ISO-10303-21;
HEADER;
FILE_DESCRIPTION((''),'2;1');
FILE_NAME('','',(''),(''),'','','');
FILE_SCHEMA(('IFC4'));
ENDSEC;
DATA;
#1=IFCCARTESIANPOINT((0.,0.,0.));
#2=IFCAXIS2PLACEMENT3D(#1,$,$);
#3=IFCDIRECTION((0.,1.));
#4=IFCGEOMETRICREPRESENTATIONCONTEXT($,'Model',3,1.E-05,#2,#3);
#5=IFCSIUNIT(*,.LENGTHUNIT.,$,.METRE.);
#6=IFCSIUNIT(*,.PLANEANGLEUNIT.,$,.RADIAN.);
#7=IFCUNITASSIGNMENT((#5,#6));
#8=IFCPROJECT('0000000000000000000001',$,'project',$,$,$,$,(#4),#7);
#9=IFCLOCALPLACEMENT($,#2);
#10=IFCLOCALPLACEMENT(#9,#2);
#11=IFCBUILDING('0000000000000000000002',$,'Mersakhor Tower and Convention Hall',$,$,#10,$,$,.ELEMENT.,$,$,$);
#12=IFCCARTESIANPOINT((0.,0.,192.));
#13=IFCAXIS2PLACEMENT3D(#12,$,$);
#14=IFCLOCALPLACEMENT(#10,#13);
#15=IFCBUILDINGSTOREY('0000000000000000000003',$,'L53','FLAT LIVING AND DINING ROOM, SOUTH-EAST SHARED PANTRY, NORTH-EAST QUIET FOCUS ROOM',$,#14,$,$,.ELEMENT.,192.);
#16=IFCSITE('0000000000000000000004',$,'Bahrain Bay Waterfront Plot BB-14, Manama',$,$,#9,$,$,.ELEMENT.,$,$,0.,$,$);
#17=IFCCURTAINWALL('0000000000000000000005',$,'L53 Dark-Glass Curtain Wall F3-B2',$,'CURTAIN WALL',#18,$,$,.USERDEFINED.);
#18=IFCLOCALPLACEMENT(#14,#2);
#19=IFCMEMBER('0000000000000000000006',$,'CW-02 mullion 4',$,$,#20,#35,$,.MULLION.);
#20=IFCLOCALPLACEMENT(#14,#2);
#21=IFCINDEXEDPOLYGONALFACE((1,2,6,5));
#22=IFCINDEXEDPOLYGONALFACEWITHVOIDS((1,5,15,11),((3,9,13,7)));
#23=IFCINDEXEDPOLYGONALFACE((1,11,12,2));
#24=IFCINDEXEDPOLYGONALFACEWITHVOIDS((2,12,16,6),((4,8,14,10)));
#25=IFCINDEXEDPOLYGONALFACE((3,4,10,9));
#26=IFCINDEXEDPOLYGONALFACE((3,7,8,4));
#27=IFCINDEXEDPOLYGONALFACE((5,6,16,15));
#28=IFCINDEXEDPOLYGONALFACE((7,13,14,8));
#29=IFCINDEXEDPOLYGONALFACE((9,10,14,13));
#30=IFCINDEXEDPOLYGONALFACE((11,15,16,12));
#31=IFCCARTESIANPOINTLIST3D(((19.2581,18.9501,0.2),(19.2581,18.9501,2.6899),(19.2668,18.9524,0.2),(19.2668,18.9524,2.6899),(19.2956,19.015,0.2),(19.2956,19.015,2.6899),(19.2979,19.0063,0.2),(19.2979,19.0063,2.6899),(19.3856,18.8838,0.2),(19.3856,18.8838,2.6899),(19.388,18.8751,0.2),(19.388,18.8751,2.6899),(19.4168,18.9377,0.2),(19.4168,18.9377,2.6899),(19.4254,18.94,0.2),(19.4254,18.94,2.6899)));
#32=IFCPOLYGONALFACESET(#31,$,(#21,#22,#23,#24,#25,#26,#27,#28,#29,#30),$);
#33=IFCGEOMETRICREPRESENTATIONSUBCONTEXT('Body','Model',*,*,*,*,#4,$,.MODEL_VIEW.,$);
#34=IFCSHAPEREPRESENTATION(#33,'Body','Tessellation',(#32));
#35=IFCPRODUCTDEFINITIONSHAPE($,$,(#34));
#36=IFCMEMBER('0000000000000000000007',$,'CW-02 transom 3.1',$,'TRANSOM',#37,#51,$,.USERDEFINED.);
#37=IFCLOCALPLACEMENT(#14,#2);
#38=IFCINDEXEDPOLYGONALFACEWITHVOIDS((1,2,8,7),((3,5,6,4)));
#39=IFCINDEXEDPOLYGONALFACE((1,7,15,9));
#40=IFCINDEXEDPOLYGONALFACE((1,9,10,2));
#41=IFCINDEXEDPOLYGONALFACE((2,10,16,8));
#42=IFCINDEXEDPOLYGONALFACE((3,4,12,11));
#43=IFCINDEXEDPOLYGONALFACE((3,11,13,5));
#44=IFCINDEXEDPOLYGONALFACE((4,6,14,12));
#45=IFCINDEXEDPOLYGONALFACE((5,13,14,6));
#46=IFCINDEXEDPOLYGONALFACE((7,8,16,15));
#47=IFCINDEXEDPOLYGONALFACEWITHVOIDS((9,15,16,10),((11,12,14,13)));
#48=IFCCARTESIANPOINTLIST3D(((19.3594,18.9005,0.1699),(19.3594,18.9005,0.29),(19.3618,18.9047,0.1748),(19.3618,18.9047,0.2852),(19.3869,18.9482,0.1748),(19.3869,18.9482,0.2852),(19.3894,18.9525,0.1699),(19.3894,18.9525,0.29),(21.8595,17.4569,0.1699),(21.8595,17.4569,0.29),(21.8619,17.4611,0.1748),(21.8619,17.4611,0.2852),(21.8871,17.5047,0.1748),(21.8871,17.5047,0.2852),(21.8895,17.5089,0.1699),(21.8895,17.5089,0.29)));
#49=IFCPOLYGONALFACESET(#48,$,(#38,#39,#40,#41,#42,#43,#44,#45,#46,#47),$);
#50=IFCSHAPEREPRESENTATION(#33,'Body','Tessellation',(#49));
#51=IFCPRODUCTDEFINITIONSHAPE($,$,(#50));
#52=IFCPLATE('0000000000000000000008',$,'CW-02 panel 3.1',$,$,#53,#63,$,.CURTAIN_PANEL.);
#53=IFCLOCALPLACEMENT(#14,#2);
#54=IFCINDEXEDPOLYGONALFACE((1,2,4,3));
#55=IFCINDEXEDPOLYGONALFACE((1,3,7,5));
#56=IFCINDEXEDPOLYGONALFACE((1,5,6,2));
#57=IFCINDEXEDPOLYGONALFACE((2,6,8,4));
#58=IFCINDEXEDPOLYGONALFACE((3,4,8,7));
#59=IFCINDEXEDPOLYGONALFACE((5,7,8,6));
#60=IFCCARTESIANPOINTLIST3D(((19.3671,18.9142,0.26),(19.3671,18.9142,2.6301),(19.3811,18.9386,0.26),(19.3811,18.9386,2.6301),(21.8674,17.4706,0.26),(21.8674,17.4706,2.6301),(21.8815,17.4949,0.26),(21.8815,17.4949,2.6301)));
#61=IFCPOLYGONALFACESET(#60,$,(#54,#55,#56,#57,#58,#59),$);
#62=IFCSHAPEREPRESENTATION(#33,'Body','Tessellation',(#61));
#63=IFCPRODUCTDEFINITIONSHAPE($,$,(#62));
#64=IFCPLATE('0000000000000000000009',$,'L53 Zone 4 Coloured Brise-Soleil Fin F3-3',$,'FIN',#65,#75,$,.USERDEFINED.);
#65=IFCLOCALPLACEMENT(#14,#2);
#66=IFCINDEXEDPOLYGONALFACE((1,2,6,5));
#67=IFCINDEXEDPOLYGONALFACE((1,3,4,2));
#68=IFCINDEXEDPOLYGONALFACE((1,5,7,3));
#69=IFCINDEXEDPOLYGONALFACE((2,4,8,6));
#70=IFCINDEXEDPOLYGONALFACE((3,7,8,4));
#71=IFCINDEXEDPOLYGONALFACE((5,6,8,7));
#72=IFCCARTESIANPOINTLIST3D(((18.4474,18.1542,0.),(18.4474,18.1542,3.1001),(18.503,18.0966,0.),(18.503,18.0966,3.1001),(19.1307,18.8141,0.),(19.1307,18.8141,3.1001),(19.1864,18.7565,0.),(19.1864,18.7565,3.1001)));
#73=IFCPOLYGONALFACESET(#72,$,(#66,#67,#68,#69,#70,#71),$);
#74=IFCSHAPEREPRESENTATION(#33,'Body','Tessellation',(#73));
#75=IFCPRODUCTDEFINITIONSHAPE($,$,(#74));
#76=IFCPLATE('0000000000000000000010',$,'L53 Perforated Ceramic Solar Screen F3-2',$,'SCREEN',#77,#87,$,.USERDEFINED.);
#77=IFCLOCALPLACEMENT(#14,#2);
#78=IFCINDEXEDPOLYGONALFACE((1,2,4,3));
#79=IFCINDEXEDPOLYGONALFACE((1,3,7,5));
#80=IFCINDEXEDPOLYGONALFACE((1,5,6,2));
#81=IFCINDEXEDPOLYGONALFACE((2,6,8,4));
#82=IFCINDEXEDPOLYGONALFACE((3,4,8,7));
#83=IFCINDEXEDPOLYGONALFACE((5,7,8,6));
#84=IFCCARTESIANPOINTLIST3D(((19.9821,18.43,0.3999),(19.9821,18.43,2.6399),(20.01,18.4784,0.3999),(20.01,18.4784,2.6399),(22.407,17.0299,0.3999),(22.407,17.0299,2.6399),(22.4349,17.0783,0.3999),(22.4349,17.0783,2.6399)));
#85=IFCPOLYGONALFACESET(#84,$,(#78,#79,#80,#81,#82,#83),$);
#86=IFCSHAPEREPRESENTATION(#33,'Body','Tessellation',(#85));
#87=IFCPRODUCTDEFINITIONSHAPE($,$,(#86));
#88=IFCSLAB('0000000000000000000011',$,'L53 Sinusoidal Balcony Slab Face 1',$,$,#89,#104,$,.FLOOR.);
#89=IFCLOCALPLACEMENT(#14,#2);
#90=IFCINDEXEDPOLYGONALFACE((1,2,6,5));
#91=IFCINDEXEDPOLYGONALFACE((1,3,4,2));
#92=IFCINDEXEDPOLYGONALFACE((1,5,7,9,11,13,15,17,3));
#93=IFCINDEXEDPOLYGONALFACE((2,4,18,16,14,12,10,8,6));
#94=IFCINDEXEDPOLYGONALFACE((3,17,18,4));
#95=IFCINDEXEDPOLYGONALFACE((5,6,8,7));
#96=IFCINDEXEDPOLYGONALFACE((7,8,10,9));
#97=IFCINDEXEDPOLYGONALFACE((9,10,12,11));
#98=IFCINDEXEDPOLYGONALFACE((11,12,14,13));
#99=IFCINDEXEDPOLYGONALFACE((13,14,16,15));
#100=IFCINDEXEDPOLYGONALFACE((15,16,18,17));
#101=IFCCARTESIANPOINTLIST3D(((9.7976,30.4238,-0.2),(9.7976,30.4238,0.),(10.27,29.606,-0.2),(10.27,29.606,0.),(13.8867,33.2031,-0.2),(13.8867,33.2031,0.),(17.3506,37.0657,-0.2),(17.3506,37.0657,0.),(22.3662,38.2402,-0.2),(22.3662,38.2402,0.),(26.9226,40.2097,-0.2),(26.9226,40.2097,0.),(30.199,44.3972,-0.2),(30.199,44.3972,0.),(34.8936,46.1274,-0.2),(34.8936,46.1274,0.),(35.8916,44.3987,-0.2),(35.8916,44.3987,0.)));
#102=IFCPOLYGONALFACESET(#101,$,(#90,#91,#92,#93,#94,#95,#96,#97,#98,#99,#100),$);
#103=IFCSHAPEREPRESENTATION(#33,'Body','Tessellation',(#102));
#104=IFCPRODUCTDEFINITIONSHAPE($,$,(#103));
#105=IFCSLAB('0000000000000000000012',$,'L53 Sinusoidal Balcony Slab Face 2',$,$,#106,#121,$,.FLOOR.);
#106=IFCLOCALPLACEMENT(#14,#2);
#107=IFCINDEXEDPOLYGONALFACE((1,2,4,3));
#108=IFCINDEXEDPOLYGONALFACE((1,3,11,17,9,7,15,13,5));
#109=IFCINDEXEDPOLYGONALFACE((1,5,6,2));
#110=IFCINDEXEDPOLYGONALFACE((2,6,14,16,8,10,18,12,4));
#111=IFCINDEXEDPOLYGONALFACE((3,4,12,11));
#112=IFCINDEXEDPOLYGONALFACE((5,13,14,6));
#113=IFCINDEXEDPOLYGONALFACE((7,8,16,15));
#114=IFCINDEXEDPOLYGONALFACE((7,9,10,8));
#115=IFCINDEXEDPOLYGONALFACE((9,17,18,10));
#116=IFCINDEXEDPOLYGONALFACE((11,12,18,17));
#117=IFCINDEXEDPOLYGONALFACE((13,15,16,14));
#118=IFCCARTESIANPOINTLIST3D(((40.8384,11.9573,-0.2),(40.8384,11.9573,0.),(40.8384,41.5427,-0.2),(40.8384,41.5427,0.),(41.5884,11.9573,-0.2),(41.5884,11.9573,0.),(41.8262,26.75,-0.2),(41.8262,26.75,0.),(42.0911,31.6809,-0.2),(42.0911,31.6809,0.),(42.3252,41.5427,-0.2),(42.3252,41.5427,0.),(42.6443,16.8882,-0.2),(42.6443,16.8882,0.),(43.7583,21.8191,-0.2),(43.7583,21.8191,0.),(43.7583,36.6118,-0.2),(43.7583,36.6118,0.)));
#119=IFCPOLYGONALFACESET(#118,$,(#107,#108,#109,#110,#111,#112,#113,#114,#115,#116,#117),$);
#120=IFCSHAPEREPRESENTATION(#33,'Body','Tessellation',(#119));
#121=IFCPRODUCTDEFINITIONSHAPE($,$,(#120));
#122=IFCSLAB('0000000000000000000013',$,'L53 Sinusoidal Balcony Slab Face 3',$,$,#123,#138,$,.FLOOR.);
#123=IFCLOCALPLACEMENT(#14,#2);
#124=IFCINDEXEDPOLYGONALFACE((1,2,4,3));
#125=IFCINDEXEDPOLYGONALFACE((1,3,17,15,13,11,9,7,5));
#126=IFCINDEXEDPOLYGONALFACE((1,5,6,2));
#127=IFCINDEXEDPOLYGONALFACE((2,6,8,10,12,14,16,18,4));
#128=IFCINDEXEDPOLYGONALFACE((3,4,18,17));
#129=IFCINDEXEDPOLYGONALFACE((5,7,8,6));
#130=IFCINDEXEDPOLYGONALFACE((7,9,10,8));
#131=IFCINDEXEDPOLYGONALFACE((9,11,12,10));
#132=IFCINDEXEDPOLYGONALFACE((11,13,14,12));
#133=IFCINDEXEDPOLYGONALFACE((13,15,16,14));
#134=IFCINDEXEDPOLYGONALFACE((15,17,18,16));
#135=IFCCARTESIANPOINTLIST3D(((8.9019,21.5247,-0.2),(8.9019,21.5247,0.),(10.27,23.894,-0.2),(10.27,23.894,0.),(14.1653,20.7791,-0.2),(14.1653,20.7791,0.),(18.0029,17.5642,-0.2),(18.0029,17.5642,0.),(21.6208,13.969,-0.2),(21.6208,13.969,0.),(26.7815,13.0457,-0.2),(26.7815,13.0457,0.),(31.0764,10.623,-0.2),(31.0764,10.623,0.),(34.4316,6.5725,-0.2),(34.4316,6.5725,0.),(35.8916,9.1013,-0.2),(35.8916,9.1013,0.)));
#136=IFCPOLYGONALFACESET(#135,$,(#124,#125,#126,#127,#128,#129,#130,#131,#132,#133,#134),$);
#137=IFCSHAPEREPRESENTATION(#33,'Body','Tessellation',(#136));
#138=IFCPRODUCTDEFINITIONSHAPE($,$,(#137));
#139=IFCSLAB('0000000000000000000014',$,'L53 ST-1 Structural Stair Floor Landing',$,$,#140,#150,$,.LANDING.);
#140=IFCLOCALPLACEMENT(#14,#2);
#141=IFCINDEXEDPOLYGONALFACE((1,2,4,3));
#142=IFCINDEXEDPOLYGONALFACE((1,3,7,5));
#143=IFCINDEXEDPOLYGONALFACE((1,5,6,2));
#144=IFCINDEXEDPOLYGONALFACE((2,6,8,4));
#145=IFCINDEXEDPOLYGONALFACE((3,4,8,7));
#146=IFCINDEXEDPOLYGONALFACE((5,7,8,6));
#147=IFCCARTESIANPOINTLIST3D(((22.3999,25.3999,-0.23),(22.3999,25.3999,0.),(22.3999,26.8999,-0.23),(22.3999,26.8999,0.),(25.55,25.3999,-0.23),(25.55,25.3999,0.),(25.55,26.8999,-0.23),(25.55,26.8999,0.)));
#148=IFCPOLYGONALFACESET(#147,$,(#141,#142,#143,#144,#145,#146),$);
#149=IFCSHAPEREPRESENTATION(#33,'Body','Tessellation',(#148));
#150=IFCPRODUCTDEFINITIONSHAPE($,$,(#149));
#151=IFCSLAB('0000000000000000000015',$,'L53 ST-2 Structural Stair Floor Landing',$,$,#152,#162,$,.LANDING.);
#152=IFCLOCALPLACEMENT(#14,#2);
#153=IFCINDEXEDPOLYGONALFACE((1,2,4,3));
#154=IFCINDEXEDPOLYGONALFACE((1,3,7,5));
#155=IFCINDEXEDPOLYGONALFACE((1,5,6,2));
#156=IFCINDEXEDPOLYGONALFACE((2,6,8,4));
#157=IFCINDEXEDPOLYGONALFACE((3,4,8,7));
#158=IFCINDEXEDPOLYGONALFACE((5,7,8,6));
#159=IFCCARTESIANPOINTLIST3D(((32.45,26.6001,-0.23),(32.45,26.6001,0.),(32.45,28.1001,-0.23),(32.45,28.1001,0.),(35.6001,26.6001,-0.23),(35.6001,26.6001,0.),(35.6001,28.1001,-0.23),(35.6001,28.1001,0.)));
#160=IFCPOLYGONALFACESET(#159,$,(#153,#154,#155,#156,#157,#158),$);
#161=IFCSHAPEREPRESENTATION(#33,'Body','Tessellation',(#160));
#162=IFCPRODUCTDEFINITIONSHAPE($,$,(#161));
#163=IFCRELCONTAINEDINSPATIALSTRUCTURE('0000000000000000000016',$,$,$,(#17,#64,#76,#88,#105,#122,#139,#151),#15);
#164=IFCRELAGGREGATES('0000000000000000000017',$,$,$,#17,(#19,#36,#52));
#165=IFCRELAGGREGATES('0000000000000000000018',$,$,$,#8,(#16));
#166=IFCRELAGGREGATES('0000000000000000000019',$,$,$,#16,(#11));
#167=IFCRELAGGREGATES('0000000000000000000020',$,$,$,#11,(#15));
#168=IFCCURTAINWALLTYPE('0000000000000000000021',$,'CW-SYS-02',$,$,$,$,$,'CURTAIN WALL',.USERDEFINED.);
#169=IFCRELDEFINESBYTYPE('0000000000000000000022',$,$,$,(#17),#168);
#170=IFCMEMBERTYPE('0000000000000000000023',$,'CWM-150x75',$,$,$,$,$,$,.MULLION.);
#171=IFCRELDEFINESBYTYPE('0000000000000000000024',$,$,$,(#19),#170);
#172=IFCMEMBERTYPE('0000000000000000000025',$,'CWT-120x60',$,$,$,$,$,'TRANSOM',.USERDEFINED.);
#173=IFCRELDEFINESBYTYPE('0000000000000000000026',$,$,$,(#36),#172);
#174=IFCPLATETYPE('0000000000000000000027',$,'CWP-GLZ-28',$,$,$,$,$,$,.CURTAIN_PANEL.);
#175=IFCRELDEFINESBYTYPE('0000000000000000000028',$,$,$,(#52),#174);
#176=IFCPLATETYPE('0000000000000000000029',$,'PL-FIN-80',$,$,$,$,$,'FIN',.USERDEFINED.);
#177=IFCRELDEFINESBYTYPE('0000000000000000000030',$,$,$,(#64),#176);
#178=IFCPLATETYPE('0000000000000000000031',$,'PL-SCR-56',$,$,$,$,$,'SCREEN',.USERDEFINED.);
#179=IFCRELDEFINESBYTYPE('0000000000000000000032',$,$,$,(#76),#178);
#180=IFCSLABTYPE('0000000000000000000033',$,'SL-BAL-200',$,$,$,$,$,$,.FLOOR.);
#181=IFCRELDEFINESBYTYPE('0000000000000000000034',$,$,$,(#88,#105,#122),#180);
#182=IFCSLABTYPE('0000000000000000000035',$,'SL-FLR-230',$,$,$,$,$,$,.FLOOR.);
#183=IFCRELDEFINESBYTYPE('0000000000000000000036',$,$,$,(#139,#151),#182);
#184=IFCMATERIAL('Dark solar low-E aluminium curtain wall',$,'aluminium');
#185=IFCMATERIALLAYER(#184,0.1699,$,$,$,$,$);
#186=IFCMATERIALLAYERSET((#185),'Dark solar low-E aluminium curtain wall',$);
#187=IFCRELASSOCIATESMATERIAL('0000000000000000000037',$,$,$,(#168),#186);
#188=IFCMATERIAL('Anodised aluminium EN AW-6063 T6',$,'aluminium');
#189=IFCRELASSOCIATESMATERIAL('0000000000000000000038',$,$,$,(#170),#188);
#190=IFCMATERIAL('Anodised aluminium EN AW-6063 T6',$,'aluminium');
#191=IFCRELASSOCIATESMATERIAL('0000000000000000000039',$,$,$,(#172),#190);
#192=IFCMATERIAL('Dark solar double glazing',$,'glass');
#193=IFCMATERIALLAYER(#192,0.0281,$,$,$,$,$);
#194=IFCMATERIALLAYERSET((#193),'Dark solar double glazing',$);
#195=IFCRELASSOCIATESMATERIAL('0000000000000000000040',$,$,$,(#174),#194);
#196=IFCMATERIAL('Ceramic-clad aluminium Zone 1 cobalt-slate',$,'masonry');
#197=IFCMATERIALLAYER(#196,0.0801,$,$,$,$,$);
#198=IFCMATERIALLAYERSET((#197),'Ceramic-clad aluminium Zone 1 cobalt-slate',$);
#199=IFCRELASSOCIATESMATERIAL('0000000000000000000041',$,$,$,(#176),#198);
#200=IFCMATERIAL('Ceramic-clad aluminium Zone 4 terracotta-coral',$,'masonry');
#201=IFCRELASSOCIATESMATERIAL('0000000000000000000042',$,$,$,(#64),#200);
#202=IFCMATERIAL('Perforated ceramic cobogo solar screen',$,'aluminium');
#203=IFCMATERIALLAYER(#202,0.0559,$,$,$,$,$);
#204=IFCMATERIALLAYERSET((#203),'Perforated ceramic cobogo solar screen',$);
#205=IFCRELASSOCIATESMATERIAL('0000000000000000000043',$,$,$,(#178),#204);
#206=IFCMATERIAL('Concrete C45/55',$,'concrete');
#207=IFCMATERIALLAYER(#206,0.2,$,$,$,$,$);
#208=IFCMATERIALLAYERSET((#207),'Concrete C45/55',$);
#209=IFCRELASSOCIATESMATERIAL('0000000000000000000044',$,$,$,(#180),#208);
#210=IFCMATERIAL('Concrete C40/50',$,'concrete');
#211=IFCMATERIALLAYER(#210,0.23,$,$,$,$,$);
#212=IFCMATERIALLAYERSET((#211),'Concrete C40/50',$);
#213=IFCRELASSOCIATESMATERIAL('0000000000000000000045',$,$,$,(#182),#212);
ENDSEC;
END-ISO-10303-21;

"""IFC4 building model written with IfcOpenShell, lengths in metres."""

from ifc_helpers import new_model, si_unit, direction, frame, origin, origin_2d, place, context, subcontext, project, spatial, polyline, rectangle, hollow_rectangle, outline, extrude, material, layer, layer_set, material_profile, profile_set, type_object, element, aggregate, save


model = new_model("IFC4")

# Units and contexts
model_context = context("Model", 3, precision=1e-05, world=origin(), true_north=direction((0.0, 1.0)))
body_context = subcontext(model_context, "Body", "Model", "MODEL_VIEW")
ifc_project = project(units=[si_unit("LENGTHUNIT", "METRE"), si_unit("PLANEANGLEUNIT", "RADIAN")], contexts=[model_context])

# Site, building, storey
site_placement = place(None, origin())
site = spatial("IfcSite", under=ifc_project, at=site_placement, Name="Bahrain Bay Waterfront Plot BB-14, Manama", CompositionType="ELEMENT", RefElevation=0.0)
building_placement = place(site_placement, origin())
building = spatial("IfcBuilding", under=site, at=building_placement, Name="Mersakhor Tower and Convention Hall", CompositionType="ELEMENT")
storey_placement = place(building_placement, frame((0.0, 0.0, 192.0)))
storey = spatial("IfcBuildingStorey", under=building, at=storey_placement, Name="L53", Description="FLAT LIVING AND DINING ROOM, SOUTH-EAST SHARED PANTRY, NORTH-EAST QUIET FOCUS ROOM", CompositionType="ELEMENT", Elevation=192.0)

# Curtain wall, members, plate
ifc_material_1 = material(Name="Dark solar low-E aluminium curtain wall", Category="aluminium")
ifc_layer_1 = layer(ifc_material_1, 0.1699)
ifc_layer_set_1 = layer_set([ifc_layer_1], Name="Dark solar low-E aluminium curtain wall")
curtain_wall_type = type_object("IfcCurtainWallType", Name="CW-SYS-02", ElementType="CURTAIN WALL", PredefinedType="USERDEFINED", material=ifc_layer_set_1)
curtain_wall_placement = place(storey_placement, origin())
curtain_wall = element("IfcCurtainWall", 1, at=curtain_wall_placement, inside=storey, type_object=curtain_wall_type, Name="L53 Dark-Glass Curtain Wall F3-B2", ObjectType="CURTAIN WALL", PredefinedType="USERDEFINED")
ifc_material_2 = material(Name="Anodised aluminium EN AW-6063 T6", Category="aluminium")
ifc_material_profile_1 = material_profile(ifc_material_2, hollow_rectangle(XDim=0.075, YDim=0.1499, WallThickness=0.0063, at=origin_2d()), Name="RHS 150x75x6.3")
ifc_profile_set_1 = profile_set([ifc_material_profile_1], Name="Anodised aluminium EN AW-6063 T6")
member_type_1 = type_object("IfcMemberType", Name="CWM-150x75", PredefinedType="MULLION", material=ifc_profile_set_1)
member_1_placement = place(storey_placement, frame((19.3418, 18.9451, 0.2), z_axis=(0.0, 0.0, 1.0), x_axis=(-0.500008, -0.866021, 0.0)))
member_1 = element("IfcMember", 2, at=member_1_placement, type_object=member_type_1, Name="CW-02 mullion 4", PredefinedType="MULLION", context=body_context, shape_type="SweptSolid", body=[
    extrude(hollow_rectangle(XDim=0.075, YDim=0.1499, WallThickness=0.0063, at=origin_2d()), origin(), (0.0, 0.0, 1.0), 2.49),
])
ifc_material_3 = material(Name="Anodised aluminium EN AW-6063 T6", Category="aluminium")
ifc_material_profile_2 = material_profile(ifc_material_3, hollow_rectangle(XDim=0.0601, YDim=0.1201, WallThickness=0.0049, at=origin_2d()), Name="RHS 120x60x5")
ifc_profile_set_2 = profile_set([ifc_material_profile_2], Name="Anodised aluminium EN AW-6063 T6")
member_type_2 = type_object("IfcMemberType", Name="CWT-120x60", ElementType="TRANSOM", PredefinedType="USERDEFINED", material=ifc_profile_set_2)
member_2_placement = place(storey_placement, frame((21.8745, 17.4829, 0.23), z_axis=(-0.866012, 0.500023, 0.0), x_axis=(-0.500023, -0.866012, 0.0)))
member_2 = element("IfcMember", 3, at=member_2_placement, type_object=member_type_2, Name="CW-02 transom 3.1", ObjectType="TRANSOM", PredefinedType="USERDEFINED", context=body_context, shape_type="SweptSolid", body=[
    extrude(hollow_rectangle(XDim=0.0601, YDim=0.1201, WallThickness=0.0049, at=origin_2d()), origin(), (0.0, 0.0, 1.0), 2.887),
])
ifc_material_4 = material(Name="Dark solar double glazing", Category="glass")
ifc_layer_2 = layer(ifc_material_4, 0.0281)
ifc_layer_set_2 = layer_set([ifc_layer_2], Name="Dark solar double glazing")
plate_type_1 = type_object("IfcPlateType", Name="CWP-GLZ-28", PredefinedType="CURTAIN_PANEL", material=ifc_layer_set_2)
plate_1_placement = place(storey_placement, frame((20.6243, 18.2046, 0.26), z_axis=(0.0, 0.0, 1.0), x_axis=(-0.866021, 0.500008, 0.0)))
plate_1 = element("IfcPlate", 4, at=plate_1_placement, type_object=plate_type_1, Name="CW-02 panel 3.1", PredefinedType="CURTAIN_PANEL", context=body_context, shape_type="SweptSolid", body=[
    extrude(rectangle(XDim=2.8872, YDim=0.0281, at=origin_2d()), origin(), (0.0, 0.0, 1.0), 2.3701),
])
aggregate(curtain_wall, [member_1, member_2, plate_1])

# Plates
ifc_material_5 = material(Name="Ceramic-clad aluminium Zone 4 terracotta-coral", Category="masonry")
ifc_material_6 = material(Name="Ceramic-clad aluminium Zone 1 cobalt-slate", Category="masonry")
ifc_layer_3 = layer(ifc_material_6, 0.0801)
ifc_layer_set_3 = layer_set([ifc_layer_3], Name="Ceramic-clad aluminium Zone 1 cobalt-slate")
plate_type_2 = type_object("IfcPlateType", Name="PL-FIN-80", ElementType="FIN", PredefinedType="USERDEFINED", material=ifc_layer_set_3)
plate_2_placement = place(storey_placement, frame((18.8169, 18.4553, 0.0), z_axis=(0.0, 0.0, 1.0), x_axis=(-0.71934, -0.694658, 0.0)))
element("IfcPlate", 5, at=plate_2_placement, inside=storey, type_object=plate_type_2, material=ifc_material_5, Name="L53 Zone 4 Coloured Brise-Soleil Fin F3-3", ObjectType="FIN", PredefinedType="USERDEFINED", context=body_context, shape_type="SweptSolid", body=[
    extrude(rectangle(XDim=0.95, YDim=0.0801, at=origin_2d()), origin(), (0.0, 0.0, 1.0), 3.1001),
])
ifc_material_7 = material(Name="Perforated ceramic cobogo solar screen", Category="aluminium")
ifc_layer_4 = layer(ifc_material_7, 0.0559)
ifc_layer_set_4 = layer_set([ifc_layer_4], Name="Perforated ceramic cobogo solar screen")
plate_type_3 = type_object("IfcPlateType", Name="PL-SCR-56", ElementType="SCREEN", PredefinedType="USERDEFINED", material=ifc_layer_set_4)
plate_3_placement = place(storey_placement, frame((21.2085, 17.7542, 0.3999), z_axis=(0.0, 0.0, 1.0), x_axis=(-0.866025, 0.5, 0.0)))
element("IfcPlate", 6, at=plate_3_placement, inside=storey, type_object=plate_type_3, Name="L53 Perforated Ceramic Solar Screen F3-2", ObjectType="SCREEN", PredefinedType="USERDEFINED", context=body_context, shape_type="SweptSolid", body=[
    extrude(rectangle(XDim=2.8, YDim=0.0559, at=origin_2d()), origin(), (0.0, 0.0, 1.0), 2.24),
])

# Slabs
ifc_material_8 = material(Name="Concrete C45/55", Category="concrete")
ifc_layer_5 = layer(ifc_material_8, 0.2)
ifc_layer_set_5 = layer_set([ifc_layer_5], Name="Concrete C45/55")
slab_type_1 = type_object("IfcSlabType", Name="SL-BAL-200", PredefinedType="FLOOR", material=ifc_layer_set_5)
slab_1_placement = place(storey_placement, frame((0.0, 0.0, -0.2)))
element("IfcSlab", 7, at=slab_1_placement, inside=storey, type_object=slab_type_1, Name="L53 Sinusoidal Balcony Slab Face 1", PredefinedType="FLOOR", context=body_context, shape_type="SweptSolid", body=[
    extrude(outline(polyline([(10.27, 29.606), (35.8916, 44.3987), (34.8936, 46.1274), (30.199, 44.3972), (26.9226, 40.2097), (22.3662, 38.2402), (17.3506, 37.0657), (13.8867, 33.2031), (9.7976, 30.4238), (10.27, 29.606)])), origin(), (0.0, 0.0, 1.0), 0.2),
])
slab_2_placement = place(storey_placement, frame((0.0, 0.0, -0.2)))
element("IfcSlab", 8, at=slab_2_placement, inside=storey, type_object=slab_type_1, Name="L53 Sinusoidal Balcony Slab Face 2", PredefinedType="FLOOR", context=body_context, shape_type="SweptSolid", body=[
    extrude(outline(polyline([(40.8384, 41.5427), (40.8384, 11.9573), (41.5884, 11.9573), (42.6443, 16.8882), (43.7583, 21.8191), (41.8262, 26.75), (42.0911, 31.6809), (43.7583, 36.6118), (42.3252, 41.5427), (40.8384, 41.5427)])), origin(), (0.0, 0.0, 1.0), 0.2),
])
slab_3_placement = place(storey_placement, frame((0.0, 0.0, -0.2)))
element("IfcSlab", 9, at=slab_3_placement, inside=storey, type_object=slab_type_1, Name="L53 Sinusoidal Balcony Slab Face 3", PredefinedType="FLOOR", context=body_context, shape_type="SweptSolid", body=[
    extrude(outline(polyline([(35.8916, 9.1013), (10.27, 23.894), (8.9019, 21.5247), (14.1653, 20.7791), (18.0029, 17.5642), (21.6208, 13.969), (26.7815, 13.0457), (31.0764, 10.623), (34.4316, 6.5725), (35.8916, 9.1013)])), origin(), (0.0, 0.0, 1.0), 0.2),
])
ifc_material_9 = material(Name="Concrete C40/50", Category="concrete")
ifc_layer_6 = layer(ifc_material_9, 0.23)
ifc_layer_set_6 = layer_set([ifc_layer_6], Name="Concrete C40/50")
slab_type_2 = type_object("IfcSlabType", Name="SL-FLR-230", PredefinedType="FLOOR", material=ifc_layer_set_6)
slab_4_placement = place(storey_placement, frame((0.0, 0.0, -0.23)))
element("IfcSlab", 10, at=slab_4_placement, inside=storey, type_object=slab_type_2, Name="L53 ST-1 Structural Stair Floor Landing", PredefinedType="LANDING", context=body_context, shape_type="SweptSolid", body=[
    extrude(outline(polyline([(25.55, 25.3999), (25.55, 26.8999), (22.3999, 26.8999), (22.3999, 25.3999), (25.55, 25.3999)])), origin(), (0.0, 0.0, 1.0), 0.23),
])
slab_5_placement = place(storey_placement, frame((0.0, 0.0, -0.23)))
element("IfcSlab", 11, at=slab_5_placement, inside=storey, type_object=slab_type_2, Name="L53 ST-2 Structural Stair Floor Landing", PredefinedType="LANDING", context=body_context, shape_type="SweptSolid", body=[
    extrude(outline(polyline([(32.45, 28.1001), (32.45, 26.6001), (35.6001, 26.6001), (35.6001, 28.1001), (32.45, 28.1001)])), origin(), (0.0, 0.0, 1.0), 0.23),
])

save(model, "model.ifc")
